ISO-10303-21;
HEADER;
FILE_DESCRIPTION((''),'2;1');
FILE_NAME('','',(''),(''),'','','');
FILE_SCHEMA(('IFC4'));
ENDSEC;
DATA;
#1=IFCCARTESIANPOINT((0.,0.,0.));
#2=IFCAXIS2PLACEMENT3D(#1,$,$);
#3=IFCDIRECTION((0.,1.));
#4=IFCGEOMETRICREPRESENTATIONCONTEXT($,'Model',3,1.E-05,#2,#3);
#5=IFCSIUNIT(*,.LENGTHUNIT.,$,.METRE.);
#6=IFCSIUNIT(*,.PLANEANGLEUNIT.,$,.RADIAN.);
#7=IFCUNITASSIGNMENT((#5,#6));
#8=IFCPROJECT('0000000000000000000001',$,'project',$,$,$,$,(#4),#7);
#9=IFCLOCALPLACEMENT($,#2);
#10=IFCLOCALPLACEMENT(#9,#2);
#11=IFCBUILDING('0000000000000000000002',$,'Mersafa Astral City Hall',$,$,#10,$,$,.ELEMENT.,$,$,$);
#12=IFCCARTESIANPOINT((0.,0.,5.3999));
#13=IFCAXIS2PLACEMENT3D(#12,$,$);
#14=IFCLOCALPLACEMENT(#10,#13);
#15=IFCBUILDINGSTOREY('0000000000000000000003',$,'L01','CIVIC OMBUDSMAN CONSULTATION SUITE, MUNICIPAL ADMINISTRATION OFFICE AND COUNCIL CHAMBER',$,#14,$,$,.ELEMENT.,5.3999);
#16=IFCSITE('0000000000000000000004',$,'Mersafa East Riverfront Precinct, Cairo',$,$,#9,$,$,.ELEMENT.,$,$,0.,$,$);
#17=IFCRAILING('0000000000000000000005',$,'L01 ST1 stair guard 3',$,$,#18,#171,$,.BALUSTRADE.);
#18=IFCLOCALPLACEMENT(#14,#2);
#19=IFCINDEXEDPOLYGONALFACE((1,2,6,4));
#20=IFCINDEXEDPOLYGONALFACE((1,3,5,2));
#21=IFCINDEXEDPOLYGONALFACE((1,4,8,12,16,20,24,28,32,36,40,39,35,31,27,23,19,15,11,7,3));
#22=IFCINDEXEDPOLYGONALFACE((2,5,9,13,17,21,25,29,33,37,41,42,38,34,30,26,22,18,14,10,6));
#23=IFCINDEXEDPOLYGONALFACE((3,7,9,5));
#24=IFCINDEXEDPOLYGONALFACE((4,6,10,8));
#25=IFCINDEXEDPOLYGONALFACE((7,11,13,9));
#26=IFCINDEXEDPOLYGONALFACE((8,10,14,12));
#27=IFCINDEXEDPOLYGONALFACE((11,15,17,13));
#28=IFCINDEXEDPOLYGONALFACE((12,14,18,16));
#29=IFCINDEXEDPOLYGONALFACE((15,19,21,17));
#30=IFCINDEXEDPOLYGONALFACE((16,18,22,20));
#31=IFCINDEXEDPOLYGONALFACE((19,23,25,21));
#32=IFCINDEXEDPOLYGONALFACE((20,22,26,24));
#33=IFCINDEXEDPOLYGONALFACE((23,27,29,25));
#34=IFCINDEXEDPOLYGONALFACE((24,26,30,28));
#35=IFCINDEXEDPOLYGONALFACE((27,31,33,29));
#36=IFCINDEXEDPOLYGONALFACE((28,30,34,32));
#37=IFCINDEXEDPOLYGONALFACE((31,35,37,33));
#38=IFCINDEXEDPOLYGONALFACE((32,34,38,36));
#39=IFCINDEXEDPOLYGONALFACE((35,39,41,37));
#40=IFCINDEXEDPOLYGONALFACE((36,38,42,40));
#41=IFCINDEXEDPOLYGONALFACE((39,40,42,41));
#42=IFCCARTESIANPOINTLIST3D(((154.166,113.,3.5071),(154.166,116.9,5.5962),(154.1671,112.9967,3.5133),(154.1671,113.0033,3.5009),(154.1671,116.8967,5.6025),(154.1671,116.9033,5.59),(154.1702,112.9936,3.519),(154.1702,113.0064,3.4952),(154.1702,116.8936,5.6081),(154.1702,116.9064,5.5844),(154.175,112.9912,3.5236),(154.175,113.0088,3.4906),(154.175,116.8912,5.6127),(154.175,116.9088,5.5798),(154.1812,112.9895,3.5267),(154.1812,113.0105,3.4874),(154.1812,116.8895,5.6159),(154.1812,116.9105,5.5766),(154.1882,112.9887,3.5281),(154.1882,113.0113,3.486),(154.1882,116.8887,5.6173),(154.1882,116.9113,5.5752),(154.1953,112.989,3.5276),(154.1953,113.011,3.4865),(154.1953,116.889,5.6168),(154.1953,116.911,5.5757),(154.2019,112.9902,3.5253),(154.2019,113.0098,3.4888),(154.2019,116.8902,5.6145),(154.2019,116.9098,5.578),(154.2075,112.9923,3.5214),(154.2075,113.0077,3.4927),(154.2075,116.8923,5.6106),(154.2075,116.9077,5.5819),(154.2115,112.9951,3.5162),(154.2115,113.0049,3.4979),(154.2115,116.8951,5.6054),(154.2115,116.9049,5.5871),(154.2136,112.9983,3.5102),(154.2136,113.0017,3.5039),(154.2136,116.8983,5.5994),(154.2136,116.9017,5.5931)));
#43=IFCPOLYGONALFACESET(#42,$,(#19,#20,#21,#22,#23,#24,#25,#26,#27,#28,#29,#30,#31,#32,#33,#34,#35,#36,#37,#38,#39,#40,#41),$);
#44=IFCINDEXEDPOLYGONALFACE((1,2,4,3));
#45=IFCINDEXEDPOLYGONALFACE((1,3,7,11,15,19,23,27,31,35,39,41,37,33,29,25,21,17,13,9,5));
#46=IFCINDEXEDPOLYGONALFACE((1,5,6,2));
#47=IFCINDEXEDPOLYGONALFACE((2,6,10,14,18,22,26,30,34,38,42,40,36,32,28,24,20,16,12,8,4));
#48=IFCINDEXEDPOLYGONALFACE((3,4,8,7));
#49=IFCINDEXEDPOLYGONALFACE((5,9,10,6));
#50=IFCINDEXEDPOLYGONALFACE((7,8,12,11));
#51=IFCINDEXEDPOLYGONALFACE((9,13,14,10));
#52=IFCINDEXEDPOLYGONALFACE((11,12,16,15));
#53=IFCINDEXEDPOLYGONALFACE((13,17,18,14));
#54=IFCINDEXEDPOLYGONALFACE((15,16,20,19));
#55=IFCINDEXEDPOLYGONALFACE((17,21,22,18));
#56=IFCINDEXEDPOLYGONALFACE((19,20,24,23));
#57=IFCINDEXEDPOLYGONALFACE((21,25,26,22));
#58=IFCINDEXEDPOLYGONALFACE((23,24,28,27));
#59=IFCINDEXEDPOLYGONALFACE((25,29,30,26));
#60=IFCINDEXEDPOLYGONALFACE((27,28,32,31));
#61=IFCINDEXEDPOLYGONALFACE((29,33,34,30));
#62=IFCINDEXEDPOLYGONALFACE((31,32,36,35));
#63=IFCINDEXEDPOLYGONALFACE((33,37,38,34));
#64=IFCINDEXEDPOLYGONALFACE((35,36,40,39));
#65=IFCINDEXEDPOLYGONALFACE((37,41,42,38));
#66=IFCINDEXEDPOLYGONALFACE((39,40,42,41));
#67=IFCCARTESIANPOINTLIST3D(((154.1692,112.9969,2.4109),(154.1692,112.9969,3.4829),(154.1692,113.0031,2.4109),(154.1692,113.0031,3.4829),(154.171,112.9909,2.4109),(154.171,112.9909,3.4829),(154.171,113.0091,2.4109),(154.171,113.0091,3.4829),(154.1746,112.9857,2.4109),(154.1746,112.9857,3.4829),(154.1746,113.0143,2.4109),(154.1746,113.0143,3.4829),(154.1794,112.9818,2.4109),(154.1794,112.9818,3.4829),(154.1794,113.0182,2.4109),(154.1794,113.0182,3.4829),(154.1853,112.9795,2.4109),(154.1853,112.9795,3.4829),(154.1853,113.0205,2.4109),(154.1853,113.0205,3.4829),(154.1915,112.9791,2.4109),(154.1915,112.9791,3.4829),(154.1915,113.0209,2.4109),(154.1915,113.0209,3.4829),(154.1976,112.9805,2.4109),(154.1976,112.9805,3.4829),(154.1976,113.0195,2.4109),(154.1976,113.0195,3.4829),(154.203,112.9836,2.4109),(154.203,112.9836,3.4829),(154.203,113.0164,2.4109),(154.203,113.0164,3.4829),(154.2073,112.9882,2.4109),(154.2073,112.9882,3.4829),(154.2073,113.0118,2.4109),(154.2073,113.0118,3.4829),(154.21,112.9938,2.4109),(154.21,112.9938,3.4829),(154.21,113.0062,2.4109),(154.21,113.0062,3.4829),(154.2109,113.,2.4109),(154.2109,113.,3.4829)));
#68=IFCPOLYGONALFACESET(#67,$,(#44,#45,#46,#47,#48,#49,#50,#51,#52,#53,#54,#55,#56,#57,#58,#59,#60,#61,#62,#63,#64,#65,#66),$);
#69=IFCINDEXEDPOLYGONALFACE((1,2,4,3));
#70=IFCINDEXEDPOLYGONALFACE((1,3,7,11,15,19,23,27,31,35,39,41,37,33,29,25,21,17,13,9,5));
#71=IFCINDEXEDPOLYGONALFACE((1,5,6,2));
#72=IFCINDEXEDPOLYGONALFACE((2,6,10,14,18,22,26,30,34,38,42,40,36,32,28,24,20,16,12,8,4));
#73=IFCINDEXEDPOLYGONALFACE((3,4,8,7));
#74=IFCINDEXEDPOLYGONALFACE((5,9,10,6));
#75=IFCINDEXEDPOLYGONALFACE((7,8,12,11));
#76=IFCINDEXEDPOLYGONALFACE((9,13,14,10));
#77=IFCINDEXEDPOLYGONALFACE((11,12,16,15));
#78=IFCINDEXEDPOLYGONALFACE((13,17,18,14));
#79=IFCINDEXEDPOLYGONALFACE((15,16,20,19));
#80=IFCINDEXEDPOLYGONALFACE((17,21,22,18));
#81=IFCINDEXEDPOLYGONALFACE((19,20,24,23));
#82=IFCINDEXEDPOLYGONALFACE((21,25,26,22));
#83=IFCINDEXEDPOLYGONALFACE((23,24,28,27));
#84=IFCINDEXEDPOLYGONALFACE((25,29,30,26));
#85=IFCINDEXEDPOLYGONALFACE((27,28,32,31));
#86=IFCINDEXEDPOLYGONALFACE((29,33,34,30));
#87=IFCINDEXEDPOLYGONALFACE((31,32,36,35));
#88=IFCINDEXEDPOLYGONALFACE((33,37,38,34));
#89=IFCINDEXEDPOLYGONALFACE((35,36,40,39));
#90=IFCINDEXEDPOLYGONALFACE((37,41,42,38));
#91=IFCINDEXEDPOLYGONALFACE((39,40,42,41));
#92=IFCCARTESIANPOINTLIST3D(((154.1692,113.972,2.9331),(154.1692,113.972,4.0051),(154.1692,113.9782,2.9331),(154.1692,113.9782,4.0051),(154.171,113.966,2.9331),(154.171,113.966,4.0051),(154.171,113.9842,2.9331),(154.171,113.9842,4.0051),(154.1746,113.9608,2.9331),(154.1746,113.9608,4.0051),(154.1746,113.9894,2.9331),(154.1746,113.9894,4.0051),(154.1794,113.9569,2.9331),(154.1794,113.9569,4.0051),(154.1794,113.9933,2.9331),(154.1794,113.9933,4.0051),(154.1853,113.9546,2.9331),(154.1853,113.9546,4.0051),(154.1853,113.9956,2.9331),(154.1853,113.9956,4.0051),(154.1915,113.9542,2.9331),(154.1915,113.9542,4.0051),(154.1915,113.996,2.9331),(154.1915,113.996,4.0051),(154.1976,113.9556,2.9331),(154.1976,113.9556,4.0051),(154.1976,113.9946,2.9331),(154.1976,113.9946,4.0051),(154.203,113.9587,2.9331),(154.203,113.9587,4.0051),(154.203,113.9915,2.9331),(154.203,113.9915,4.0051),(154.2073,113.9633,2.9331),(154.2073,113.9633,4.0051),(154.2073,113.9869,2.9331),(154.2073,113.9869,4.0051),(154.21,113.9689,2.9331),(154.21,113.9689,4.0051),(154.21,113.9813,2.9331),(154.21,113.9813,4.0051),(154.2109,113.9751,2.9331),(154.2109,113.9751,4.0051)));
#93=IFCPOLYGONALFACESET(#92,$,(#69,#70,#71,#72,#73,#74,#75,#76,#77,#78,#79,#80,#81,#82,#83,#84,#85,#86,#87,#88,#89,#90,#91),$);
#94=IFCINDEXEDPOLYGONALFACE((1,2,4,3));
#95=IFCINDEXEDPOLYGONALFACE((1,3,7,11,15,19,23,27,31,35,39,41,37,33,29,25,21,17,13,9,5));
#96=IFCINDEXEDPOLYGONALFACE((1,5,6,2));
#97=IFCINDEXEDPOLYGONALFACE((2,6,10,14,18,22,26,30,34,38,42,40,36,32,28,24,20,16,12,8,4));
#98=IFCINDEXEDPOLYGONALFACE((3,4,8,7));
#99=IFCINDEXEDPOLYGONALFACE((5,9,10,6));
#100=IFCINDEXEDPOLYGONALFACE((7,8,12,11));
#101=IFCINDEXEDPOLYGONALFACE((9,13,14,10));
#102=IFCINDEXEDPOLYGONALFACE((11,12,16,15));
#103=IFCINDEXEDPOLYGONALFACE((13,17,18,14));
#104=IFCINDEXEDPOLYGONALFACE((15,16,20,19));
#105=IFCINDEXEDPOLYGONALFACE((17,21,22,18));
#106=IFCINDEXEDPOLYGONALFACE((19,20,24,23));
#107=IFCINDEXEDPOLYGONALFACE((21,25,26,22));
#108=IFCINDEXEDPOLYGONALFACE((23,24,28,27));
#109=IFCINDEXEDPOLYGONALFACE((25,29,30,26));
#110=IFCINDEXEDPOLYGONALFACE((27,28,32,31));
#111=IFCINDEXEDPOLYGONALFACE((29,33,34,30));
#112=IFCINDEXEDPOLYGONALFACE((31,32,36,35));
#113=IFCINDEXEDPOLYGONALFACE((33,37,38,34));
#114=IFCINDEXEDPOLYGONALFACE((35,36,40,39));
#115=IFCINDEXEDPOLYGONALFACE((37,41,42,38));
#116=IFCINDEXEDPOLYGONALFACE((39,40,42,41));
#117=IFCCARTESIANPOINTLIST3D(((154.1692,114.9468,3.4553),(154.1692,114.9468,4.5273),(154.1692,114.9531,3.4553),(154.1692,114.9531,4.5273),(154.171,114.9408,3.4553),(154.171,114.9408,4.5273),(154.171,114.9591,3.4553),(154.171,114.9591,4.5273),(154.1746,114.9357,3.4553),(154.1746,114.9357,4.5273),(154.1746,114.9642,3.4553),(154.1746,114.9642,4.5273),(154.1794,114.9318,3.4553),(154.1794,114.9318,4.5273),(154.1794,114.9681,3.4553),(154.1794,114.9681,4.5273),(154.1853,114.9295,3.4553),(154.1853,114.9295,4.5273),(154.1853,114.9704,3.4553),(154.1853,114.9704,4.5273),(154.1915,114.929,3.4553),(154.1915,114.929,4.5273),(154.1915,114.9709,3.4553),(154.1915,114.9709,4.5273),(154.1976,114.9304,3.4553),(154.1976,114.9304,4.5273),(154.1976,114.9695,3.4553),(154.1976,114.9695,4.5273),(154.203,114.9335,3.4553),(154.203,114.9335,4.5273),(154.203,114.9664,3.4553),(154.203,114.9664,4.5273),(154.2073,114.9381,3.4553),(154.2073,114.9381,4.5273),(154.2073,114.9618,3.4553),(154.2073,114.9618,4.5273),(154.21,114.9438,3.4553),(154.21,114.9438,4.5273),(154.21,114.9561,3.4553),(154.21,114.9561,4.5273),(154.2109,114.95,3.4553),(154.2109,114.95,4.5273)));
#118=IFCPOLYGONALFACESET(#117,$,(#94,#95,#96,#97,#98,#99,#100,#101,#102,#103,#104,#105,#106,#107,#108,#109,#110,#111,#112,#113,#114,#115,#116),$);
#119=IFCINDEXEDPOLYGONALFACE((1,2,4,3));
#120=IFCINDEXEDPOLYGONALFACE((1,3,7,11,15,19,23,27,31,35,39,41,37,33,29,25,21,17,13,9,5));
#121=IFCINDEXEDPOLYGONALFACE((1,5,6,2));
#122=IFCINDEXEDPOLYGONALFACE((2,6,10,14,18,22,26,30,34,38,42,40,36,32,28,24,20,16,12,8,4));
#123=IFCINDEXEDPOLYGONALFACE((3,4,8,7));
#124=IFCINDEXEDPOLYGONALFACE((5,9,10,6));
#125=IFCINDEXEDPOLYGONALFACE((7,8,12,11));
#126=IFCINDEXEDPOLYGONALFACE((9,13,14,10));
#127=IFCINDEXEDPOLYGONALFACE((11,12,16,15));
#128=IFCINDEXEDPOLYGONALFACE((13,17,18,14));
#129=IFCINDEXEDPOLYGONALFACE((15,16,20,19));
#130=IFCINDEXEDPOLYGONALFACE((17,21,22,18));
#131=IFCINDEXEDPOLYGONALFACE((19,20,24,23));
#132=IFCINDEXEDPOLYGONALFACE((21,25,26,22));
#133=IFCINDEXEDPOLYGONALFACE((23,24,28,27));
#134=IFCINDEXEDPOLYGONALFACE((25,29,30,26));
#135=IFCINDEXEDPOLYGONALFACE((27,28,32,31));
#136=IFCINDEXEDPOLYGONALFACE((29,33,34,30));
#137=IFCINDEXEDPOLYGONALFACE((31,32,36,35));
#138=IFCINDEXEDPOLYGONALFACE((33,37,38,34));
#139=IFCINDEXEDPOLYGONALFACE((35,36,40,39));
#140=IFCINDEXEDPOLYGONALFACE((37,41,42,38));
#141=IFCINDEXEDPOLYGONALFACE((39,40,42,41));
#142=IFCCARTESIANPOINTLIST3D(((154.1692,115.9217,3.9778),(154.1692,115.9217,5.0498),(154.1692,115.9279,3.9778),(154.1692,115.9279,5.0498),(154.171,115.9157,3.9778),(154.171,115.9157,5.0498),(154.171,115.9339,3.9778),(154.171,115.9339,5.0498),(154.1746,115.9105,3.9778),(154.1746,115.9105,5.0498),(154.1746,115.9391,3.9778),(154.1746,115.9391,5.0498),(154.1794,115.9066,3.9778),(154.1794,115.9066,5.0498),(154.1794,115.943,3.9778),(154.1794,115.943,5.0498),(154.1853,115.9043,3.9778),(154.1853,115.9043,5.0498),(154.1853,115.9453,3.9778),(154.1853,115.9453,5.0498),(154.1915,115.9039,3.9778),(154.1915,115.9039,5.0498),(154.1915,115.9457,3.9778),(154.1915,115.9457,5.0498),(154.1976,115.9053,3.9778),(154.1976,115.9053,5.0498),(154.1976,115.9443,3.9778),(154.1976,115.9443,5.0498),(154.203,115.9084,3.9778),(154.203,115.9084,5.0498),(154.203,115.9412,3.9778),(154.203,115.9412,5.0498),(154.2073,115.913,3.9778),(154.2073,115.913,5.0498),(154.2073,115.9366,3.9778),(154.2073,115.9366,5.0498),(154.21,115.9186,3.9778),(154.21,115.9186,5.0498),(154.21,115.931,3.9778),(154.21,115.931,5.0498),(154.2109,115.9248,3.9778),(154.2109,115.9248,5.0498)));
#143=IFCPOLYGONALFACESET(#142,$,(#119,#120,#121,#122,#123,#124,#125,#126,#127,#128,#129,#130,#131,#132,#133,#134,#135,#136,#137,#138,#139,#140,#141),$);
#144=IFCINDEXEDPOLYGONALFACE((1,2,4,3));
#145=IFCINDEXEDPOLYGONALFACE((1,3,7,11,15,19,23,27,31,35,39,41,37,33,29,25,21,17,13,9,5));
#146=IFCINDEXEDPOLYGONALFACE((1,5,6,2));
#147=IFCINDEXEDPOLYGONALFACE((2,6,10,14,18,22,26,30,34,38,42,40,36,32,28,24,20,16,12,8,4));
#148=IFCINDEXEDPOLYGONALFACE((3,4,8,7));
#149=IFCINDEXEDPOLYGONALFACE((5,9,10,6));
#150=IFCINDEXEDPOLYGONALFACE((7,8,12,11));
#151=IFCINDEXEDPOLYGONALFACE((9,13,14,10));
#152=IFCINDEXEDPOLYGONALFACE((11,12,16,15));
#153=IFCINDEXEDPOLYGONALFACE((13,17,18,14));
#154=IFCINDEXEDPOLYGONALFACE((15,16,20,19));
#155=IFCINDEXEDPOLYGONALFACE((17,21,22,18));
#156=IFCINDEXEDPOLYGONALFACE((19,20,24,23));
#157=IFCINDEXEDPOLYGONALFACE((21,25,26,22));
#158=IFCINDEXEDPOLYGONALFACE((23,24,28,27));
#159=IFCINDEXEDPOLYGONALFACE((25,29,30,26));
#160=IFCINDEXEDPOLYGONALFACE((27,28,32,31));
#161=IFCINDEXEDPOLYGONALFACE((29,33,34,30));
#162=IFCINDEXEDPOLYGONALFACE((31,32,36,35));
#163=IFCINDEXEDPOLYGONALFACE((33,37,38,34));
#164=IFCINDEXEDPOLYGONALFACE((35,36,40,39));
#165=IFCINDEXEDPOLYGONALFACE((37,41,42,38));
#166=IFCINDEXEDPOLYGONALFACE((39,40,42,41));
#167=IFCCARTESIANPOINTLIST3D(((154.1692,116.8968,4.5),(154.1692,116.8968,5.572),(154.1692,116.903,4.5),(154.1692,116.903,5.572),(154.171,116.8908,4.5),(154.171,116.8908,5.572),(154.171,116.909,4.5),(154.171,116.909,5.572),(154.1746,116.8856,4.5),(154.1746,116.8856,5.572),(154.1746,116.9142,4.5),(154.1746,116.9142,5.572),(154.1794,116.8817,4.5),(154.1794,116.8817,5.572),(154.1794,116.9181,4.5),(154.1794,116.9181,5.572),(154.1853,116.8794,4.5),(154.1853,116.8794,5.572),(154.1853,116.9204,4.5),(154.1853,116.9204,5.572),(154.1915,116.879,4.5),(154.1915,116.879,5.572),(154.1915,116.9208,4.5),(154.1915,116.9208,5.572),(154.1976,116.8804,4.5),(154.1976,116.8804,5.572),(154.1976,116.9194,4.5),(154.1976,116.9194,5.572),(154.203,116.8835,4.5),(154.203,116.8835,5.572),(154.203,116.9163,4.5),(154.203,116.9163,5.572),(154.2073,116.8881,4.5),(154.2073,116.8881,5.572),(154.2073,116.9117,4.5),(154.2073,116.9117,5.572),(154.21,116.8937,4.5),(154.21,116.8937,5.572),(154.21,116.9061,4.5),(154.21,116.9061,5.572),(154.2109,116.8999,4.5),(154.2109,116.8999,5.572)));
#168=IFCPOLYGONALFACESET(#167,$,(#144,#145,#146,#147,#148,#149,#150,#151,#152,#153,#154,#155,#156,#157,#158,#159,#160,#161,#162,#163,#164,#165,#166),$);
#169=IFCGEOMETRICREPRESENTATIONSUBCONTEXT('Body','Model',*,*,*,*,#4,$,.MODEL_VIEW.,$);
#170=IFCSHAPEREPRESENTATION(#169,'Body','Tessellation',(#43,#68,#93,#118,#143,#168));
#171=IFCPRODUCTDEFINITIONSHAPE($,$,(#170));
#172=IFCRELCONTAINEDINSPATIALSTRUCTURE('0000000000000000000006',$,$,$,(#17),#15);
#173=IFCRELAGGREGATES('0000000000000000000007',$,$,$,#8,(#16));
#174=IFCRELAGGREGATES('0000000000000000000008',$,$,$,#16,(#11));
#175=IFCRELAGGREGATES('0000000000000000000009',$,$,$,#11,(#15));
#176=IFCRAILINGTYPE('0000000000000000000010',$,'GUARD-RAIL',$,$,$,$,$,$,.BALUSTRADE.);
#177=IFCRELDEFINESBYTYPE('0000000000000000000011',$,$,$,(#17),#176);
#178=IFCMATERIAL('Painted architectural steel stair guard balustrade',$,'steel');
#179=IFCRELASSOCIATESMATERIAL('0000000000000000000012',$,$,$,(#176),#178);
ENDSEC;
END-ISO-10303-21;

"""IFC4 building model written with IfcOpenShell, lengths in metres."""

from ifc_helpers import new_model, si_unit, direction, frame, origin, origin_2d, place, context, subcontext, project, spatial, circle, extrude, material, type_object, element, save


model = new_model("IFC4")

# Units and contexts
model_context = context("Model", 3, precision=1e-05, world=origin(), true_north=direction((0.0, 1.0)))
body_context = subcontext(model_context, "Body", "Model", "MODEL_VIEW")
ifc_project = project(units=[si_unit("LENGTHUNIT", "METRE"), si_unit("PLANEANGLEUNIT", "RADIAN")], contexts=[model_context])

# Site, building, storey
site_placement = place(None, origin())
site = spatial("IfcSite", under=ifc_project, at=site_placement, Name="Mersafa East Riverfront Precinct, Cairo", CompositionType="ELEMENT", RefElevation=0.0)
building_placement = place(site_placement, origin())
building = spatial("IfcBuilding", under=site, at=building_placement, Name="Mersafa Astral City Hall", CompositionType="ELEMENT")
storey_placement = place(building_placement, frame((0.0, 0.0, 5.3999)))
storey = spatial("IfcBuildingStorey", under=building, at=storey_placement, Name="L01", Description="CIVIC OMBUDSMAN CONSULTATION SUITE, MUNICIPAL ADMINISTRATION OFFICE AND COUNCIL CHAMBER", CompositionType="ELEMENT", Elevation=5.3999)

# Railing
ifc_material_1 = material(Name="Painted architectural steel stair guard balustrade", Category="steel")
railing_type_1 = type_object("IfcRailingType", Name="GUARD-RAIL", PredefinedType="BALUSTRADE", material=ifc_material_1)
railing_1_placement = place(storey_placement, frame((154.1899, 113.0, 2.4109)))
element("IfcRailing", 1, at=railing_1_placement, inside=storey, type_object=railing_type_1, Name="L01 ST1 stair guard 3", PredefinedType="BALUSTRADE", context=body_context, shape_type="SweptSolid", body=[
    extrude(circle(Radius=0.0239, at=origin_2d()), frame((0.0, 0.0, 1.0962), z_axis=(0.0, 0.881491, 0.4722), x_axis=(-1.0, 0.0, 0.0)), (0.0, 0.0, 1.0), 4.4243),
    extrude(circle(Radius=0.021, at=origin_2d()), origin(), (0.0, 0.0, 1.0), 1.072),
    extrude(circle(Radius=0.021, at=origin_2d()), frame((0.0, 0.9751, 0.5222)), (0.0, 0.0, 1.0), 1.072),
    extrude(circle(Radius=0.021, at=origin_2d()), frame((0.0, 1.95, 1.0444)), (0.0, 0.0, 1.0), 1.072),
    extrude(circle(Radius=0.021, at=origin_2d()), frame((0.0, 2.9248, 1.5669)), (0.0, 0.0, 1.0), 1.072),
    extrude(circle(Radius=0.021, at=origin_2d()), frame((0.0, 3.8999, 2.0891)), (0.0, 0.0, 1.0), 1.072),
])

save(model, "model.ifc")
